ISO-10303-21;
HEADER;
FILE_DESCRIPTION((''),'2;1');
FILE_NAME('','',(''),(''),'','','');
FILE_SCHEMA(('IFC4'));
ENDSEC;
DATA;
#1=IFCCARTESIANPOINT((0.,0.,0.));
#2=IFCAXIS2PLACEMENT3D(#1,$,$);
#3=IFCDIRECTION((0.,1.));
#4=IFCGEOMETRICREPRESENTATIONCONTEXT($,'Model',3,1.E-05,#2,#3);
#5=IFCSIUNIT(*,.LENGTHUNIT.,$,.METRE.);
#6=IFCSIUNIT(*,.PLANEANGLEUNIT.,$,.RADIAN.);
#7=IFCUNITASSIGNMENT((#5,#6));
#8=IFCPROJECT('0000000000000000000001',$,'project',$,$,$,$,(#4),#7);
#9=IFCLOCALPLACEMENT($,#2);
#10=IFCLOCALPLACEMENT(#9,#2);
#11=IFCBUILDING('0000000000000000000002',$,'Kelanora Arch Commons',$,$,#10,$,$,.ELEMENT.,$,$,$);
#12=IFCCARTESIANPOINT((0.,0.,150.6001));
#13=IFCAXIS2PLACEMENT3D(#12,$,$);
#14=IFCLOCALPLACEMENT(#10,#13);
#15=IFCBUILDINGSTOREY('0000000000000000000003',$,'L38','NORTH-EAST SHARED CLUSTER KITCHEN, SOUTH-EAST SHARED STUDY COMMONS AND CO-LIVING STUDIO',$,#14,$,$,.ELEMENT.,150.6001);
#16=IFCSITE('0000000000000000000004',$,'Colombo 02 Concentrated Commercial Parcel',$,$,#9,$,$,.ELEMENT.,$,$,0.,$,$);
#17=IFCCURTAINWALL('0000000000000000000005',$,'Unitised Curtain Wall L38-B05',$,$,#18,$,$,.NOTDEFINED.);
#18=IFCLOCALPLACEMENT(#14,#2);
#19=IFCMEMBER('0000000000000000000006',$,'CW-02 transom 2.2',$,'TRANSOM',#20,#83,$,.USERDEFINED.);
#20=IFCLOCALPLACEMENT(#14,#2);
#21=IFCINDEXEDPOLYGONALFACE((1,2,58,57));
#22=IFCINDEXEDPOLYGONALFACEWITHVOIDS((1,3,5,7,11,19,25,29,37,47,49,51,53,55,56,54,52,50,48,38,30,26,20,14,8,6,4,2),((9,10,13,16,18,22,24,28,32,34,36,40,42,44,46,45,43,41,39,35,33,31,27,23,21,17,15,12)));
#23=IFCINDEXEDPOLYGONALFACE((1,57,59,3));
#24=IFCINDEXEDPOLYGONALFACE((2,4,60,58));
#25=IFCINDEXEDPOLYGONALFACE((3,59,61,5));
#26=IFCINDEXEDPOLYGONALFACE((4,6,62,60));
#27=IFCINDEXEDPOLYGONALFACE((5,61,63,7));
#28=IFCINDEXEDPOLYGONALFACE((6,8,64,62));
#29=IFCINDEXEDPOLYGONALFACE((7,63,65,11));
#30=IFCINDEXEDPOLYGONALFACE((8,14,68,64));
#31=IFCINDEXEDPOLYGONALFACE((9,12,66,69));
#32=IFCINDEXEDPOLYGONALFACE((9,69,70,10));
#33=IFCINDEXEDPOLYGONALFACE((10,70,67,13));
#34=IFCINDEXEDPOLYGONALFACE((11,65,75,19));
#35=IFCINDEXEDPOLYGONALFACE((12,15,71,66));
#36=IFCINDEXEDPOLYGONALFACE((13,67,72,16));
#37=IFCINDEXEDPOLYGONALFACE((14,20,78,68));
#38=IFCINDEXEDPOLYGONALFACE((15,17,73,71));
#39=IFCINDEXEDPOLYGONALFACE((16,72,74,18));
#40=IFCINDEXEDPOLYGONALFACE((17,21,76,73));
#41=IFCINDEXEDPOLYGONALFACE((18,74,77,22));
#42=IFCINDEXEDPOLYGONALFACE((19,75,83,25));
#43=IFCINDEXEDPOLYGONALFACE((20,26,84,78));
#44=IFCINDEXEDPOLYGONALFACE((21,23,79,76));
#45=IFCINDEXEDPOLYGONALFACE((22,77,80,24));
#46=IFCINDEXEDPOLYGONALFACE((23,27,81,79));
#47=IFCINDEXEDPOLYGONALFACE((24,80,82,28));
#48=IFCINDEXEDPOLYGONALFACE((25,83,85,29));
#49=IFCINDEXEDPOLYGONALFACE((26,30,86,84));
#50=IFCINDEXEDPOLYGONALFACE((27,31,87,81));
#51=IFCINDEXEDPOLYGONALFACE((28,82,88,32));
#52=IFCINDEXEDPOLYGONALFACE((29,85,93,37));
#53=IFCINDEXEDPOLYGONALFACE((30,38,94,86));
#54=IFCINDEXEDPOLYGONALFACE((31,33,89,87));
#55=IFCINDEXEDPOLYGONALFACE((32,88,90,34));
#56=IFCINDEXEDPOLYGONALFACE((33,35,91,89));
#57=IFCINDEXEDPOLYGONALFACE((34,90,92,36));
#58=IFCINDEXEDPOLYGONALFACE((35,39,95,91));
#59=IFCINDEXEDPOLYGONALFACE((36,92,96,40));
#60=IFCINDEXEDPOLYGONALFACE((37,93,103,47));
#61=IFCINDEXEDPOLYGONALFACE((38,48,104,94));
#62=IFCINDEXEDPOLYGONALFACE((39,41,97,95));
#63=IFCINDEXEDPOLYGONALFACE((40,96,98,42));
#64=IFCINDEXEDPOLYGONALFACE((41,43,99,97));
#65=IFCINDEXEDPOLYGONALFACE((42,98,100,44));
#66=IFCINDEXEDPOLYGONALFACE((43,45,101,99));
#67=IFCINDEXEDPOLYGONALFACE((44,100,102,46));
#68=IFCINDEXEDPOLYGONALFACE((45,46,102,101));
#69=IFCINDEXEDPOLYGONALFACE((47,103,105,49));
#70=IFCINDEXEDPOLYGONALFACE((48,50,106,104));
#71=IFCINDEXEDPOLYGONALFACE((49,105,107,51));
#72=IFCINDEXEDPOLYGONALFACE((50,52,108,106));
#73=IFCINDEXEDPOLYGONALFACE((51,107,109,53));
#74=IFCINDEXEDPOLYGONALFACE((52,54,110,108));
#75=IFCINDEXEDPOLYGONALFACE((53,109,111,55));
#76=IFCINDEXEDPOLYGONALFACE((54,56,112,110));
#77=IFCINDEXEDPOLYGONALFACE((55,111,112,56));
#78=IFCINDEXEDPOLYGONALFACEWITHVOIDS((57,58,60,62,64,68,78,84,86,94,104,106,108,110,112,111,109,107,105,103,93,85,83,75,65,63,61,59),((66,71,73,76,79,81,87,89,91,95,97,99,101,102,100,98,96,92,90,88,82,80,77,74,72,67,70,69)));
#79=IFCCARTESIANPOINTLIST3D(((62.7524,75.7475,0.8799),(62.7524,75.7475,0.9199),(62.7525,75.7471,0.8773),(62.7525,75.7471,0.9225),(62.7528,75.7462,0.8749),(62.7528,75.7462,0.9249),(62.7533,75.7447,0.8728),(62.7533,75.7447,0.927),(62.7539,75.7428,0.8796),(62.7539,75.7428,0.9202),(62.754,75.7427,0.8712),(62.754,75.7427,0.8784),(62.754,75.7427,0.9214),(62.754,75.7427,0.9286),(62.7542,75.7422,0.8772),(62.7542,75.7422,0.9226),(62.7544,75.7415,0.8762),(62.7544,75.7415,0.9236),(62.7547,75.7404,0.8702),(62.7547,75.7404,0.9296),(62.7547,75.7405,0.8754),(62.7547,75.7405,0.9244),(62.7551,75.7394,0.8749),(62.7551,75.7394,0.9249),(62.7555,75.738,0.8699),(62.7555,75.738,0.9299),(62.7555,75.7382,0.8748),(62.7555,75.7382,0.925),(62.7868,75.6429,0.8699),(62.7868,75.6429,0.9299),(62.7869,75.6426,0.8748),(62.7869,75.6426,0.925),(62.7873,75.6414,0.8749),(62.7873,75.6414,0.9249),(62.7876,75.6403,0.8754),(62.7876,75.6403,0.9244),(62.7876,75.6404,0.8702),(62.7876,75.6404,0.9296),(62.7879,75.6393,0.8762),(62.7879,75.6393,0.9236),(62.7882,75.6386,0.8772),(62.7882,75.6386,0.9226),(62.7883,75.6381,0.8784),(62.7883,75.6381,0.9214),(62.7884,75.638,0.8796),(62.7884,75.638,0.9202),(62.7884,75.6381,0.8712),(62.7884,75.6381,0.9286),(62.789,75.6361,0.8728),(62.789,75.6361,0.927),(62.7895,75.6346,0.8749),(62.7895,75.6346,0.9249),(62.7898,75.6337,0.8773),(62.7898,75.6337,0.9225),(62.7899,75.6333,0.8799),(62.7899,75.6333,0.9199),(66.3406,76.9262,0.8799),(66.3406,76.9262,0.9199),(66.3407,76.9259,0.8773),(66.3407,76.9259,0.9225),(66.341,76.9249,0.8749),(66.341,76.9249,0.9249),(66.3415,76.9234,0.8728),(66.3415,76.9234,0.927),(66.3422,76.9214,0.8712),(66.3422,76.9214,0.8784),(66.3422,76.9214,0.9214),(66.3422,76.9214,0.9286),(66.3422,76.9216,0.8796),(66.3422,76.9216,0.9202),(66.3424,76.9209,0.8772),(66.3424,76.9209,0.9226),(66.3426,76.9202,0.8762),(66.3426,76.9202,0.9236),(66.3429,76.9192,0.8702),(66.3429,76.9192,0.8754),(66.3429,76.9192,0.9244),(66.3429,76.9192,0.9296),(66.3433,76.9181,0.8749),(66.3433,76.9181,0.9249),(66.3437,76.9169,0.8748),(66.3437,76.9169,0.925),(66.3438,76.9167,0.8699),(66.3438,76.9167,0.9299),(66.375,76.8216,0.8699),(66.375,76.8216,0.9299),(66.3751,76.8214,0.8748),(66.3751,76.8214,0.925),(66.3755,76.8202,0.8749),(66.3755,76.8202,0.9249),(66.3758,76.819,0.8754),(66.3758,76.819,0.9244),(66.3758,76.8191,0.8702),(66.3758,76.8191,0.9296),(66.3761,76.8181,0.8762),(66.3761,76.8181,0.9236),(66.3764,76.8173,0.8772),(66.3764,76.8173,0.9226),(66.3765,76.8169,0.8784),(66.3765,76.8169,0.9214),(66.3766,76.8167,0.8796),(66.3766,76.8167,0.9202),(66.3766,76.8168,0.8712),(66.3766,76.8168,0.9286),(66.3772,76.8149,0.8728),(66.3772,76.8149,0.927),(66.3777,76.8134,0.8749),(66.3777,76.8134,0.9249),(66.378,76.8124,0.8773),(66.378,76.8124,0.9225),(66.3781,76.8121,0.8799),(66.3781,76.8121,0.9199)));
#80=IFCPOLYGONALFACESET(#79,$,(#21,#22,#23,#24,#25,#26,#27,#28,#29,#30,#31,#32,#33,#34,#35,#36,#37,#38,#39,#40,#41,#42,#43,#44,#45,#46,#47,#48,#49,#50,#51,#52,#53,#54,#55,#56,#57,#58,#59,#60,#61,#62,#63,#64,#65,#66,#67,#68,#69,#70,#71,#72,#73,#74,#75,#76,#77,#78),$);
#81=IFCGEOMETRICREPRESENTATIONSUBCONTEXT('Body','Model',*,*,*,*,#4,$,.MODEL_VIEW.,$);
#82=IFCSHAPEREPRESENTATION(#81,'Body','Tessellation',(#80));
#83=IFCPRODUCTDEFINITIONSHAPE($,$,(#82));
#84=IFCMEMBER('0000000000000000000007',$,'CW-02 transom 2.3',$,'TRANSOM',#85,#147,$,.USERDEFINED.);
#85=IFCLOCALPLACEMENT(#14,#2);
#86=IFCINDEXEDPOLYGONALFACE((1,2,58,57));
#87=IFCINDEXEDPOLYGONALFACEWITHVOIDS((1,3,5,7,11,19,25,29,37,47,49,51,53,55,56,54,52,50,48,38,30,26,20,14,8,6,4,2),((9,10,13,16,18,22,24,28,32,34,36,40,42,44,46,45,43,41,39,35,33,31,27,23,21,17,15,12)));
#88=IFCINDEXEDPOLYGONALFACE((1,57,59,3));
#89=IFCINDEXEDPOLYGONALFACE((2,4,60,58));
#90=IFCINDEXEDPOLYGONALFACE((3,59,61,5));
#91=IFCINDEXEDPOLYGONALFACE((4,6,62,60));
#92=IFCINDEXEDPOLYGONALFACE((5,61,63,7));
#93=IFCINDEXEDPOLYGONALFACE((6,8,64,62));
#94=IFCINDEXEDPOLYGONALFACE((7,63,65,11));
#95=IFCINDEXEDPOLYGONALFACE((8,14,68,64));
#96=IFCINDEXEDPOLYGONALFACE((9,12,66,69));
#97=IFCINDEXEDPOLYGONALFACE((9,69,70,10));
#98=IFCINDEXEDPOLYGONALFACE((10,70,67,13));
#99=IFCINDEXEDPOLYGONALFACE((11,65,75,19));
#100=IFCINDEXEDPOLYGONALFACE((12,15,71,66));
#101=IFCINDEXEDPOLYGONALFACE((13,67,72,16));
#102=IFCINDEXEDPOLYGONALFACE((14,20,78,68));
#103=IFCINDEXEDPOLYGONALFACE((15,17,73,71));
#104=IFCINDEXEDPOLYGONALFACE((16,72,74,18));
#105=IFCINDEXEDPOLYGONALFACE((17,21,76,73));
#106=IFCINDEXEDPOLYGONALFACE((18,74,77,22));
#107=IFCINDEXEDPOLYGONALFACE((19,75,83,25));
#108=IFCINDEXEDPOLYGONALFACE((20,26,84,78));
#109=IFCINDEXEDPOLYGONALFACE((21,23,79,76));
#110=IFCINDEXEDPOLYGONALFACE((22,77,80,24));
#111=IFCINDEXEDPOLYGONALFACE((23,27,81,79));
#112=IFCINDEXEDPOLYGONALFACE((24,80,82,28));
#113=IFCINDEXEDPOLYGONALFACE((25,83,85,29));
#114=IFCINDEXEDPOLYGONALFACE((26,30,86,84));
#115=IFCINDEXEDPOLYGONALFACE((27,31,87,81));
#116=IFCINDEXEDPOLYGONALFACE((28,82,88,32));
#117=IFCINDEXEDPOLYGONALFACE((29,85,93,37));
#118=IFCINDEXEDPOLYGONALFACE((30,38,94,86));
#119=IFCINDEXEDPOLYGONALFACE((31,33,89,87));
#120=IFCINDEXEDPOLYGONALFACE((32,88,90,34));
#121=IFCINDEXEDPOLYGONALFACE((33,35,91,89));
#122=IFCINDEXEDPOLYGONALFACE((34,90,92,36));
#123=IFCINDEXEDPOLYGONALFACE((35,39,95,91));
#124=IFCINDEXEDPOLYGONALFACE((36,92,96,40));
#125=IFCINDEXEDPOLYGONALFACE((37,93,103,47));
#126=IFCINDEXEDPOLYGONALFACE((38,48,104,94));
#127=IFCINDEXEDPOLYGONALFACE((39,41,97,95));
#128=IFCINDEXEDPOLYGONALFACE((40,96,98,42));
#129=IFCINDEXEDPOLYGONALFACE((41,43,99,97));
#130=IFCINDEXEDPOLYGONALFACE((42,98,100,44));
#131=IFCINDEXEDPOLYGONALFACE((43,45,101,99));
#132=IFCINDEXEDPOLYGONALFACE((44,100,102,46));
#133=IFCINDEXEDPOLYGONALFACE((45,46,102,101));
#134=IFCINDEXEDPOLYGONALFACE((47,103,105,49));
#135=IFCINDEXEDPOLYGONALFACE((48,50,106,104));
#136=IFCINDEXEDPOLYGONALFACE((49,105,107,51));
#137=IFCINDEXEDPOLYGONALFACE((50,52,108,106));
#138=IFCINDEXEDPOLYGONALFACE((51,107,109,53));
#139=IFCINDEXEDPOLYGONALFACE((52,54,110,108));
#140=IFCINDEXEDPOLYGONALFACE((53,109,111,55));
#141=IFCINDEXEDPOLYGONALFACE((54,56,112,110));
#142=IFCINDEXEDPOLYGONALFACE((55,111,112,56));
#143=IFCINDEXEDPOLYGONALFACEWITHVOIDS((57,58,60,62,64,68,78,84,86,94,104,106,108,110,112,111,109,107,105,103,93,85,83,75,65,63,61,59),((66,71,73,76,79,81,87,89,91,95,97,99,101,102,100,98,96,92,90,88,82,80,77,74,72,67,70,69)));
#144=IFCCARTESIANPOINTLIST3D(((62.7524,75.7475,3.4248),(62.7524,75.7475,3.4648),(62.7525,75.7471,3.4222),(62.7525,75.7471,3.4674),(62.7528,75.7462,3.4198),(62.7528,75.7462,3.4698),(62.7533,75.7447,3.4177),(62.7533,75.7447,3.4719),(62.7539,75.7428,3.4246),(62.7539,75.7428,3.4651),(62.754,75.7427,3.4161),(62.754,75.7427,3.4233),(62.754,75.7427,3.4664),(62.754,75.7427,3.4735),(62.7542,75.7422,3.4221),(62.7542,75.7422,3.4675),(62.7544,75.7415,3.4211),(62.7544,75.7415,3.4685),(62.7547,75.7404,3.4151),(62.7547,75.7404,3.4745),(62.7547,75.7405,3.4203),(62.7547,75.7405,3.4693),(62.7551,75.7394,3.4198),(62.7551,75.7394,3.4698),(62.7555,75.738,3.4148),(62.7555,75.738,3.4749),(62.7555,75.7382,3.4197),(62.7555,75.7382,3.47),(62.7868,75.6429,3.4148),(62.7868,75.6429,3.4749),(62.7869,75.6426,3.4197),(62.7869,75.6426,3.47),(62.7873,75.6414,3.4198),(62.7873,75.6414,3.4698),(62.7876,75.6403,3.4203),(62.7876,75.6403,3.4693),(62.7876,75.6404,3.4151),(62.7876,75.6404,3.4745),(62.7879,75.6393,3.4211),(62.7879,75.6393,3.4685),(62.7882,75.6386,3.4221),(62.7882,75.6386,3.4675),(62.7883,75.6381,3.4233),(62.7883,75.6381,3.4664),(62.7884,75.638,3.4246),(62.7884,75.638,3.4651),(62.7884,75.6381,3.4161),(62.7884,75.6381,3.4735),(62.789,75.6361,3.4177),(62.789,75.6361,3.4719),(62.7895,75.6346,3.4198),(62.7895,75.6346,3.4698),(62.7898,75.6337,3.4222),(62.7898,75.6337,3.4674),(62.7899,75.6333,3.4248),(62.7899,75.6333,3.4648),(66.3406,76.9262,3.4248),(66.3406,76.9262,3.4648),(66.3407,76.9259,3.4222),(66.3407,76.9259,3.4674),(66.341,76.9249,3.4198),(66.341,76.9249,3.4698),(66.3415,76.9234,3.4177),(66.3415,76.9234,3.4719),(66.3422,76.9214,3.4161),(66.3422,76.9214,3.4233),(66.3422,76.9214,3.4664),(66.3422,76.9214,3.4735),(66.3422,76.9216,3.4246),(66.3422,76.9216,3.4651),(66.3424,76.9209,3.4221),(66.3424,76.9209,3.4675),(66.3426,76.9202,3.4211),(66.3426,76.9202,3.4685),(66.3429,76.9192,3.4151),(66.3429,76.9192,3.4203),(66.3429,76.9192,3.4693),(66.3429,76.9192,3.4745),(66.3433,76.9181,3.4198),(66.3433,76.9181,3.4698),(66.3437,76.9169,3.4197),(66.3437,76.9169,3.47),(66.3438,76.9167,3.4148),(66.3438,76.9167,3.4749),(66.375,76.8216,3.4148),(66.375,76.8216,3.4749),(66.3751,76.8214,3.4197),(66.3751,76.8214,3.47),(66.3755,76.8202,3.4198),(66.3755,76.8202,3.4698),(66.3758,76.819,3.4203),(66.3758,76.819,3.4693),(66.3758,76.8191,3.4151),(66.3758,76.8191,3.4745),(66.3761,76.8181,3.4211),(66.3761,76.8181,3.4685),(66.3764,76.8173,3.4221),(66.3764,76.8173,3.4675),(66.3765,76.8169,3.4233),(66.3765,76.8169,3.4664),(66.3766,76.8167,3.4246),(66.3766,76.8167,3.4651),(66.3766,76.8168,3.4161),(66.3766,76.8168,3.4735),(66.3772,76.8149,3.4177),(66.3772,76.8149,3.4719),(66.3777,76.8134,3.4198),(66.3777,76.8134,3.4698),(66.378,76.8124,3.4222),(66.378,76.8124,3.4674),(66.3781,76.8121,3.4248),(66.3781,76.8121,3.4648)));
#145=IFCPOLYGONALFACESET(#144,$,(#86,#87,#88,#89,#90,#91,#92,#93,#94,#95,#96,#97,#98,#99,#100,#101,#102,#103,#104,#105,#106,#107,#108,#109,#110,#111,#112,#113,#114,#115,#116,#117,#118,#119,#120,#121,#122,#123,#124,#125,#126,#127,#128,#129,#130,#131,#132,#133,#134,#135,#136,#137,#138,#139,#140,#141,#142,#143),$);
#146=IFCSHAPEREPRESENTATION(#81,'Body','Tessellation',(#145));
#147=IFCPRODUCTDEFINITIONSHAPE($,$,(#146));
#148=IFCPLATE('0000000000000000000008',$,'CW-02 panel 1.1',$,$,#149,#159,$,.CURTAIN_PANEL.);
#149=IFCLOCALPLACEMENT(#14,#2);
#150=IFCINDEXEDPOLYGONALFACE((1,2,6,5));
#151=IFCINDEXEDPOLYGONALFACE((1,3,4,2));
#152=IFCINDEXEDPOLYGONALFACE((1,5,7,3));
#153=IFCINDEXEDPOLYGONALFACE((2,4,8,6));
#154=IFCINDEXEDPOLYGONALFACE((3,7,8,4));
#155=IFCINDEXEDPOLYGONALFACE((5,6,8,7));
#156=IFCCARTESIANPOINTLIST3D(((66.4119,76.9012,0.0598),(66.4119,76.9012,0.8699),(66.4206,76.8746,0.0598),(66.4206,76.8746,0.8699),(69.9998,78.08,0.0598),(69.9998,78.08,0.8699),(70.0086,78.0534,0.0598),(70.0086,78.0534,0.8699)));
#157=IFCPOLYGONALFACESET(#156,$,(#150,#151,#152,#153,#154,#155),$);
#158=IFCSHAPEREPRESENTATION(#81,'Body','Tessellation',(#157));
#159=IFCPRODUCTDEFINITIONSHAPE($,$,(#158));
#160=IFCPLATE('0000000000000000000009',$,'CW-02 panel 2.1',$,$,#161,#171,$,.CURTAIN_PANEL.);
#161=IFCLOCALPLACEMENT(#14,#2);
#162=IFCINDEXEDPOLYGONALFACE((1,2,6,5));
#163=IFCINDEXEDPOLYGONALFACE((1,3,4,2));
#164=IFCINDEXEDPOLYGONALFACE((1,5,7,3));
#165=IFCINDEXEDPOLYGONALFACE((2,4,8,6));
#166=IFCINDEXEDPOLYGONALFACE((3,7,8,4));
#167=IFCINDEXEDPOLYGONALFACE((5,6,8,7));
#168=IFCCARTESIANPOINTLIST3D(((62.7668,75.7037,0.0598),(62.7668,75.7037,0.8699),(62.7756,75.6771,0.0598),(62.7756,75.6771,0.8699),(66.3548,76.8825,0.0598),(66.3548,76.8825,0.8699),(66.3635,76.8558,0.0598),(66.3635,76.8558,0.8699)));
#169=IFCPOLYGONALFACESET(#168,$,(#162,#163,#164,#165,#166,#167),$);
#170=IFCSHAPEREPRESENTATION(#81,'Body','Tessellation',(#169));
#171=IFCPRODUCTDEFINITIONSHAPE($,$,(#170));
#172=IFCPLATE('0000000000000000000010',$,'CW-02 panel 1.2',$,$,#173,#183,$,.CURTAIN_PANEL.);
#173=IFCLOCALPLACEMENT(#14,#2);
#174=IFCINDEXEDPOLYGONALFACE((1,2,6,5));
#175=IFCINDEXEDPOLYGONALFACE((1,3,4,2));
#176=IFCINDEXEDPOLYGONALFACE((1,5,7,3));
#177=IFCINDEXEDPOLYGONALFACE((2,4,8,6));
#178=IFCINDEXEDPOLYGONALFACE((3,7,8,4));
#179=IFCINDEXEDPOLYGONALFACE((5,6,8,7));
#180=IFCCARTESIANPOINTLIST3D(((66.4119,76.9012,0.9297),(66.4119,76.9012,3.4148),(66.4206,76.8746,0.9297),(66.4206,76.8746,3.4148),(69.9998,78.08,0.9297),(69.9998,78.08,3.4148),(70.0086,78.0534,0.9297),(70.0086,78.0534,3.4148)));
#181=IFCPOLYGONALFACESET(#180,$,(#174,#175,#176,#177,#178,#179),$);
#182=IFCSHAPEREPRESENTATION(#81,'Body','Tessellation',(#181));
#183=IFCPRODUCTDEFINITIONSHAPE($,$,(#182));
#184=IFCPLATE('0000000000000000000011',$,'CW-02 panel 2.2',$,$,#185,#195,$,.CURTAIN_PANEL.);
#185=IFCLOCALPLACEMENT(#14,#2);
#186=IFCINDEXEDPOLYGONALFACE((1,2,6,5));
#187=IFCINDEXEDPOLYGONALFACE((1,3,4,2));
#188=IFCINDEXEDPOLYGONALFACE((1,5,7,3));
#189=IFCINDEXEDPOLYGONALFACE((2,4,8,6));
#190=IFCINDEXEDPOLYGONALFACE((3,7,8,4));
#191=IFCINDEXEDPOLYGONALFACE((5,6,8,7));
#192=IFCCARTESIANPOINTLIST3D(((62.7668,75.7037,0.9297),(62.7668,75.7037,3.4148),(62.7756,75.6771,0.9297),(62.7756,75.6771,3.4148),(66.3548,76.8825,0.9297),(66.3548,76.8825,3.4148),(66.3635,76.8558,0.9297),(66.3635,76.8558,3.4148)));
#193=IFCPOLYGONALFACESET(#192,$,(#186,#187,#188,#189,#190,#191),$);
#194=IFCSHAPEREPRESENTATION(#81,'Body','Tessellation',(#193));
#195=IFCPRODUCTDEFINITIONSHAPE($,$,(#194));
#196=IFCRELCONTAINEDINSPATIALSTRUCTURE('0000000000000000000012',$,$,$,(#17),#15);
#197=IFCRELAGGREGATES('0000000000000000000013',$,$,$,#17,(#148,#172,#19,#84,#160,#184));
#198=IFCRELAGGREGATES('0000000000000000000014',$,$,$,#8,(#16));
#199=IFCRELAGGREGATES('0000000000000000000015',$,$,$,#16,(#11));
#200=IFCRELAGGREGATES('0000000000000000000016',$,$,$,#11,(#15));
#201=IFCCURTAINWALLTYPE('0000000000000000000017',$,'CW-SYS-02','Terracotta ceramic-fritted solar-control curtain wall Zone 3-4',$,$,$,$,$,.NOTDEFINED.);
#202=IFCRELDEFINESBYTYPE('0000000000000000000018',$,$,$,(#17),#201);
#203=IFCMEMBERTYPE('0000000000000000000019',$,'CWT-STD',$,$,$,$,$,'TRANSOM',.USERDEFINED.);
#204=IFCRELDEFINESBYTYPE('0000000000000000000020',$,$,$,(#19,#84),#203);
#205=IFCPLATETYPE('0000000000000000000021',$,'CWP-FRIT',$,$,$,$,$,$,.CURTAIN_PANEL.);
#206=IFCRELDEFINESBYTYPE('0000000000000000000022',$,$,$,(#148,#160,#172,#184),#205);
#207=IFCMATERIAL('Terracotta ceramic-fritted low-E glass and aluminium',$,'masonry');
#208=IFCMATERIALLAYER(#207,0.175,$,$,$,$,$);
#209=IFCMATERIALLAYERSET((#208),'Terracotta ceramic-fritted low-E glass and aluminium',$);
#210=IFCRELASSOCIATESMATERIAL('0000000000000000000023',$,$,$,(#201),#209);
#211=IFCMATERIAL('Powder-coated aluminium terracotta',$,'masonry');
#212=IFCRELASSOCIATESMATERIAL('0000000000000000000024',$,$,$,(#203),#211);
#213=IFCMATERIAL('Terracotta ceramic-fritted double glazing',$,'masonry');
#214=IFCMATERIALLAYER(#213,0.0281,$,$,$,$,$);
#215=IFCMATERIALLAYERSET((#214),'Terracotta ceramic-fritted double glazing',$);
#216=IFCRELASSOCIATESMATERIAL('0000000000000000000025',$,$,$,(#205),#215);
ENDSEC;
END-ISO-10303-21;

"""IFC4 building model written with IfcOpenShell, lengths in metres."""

from ifc_helpers import new_model, si_unit, direction, frame, origin, origin_2d, place, context, subcontext, project, spatial, rectangle, hollow_rectangle, extrude, source, transform, mapped, material, layer, layer_set, material_profile, profile_set, type_object, element, aggregate, save


model = new_model("IFC4")

# Units and contexts
model_context = context("Model", 3, precision=1e-05, world=origin(), true_north=direction((0.0, 1.0)))
body_context = subcontext(model_context, "Body", "Model", "MODEL_VIEW")
ifc_project = project(units=[si_unit("LENGTHUNIT", "METRE"), si_unit("PLANEANGLEUNIT", "RADIAN")], contexts=[model_context])

# Site, building, storey
site_placement = place(None, origin())
site = spatial("IfcSite", under=ifc_project, at=site_placement, Name="Colombo 02 Concentrated Commercial Parcel", CompositionType="ELEMENT", RefElevation=0.0)
building_placement = place(site_placement, origin())
building = spatial("IfcBuilding", under=site, at=building_placement, Name="Kelanora Arch Commons", CompositionType="ELEMENT")
storey_placement = place(building_placement, frame((0.0, 0.0, 150.6001)))
storey = spatial("IfcBuildingStorey", under=building, at=storey_placement, Name="L38", Description="NORTH-EAST SHARED CLUSTER KITCHEN, SOUTH-EAST SHARED STUDY COMMONS AND CO-LIVING STUDIO", CompositionType="ELEMENT", Elevation=150.6001)

# Curtain wall, members, plates
ifc_material_1 = material(Name="Terracotta ceramic-fritted low-E glass and aluminium", Category="masonry")
ifc_layer_1 = layer(ifc_material_1, 0.175)
ifc_layer_set_1 = layer_set([ifc_layer_1], Name="Terracotta ceramic-fritted low-E glass and aluminium")
curtain_wall_type = type_object("IfcCurtainWallType", Name="CW-SYS-02", Description="Terracotta ceramic-fritted solar-control curtain wall Zone 3-4", PredefinedType="NOTDEFINED", material=ifc_layer_set_1)
curtain_wall_placement = place(storey_placement, origin())
curtain_wall = element("IfcCurtainWall", 1, at=curtain_wall_placement, inside=storey, type_object=curtain_wall_type, Name="Unitised Curtain Wall L38-B05", PredefinedType="NOTDEFINED")
ifc_material_2 = material(Name="Powder-coated aluminium terracotta", Category="masonry")
ifc_material_profile_1 = material_profile(ifc_material_2, hollow_rectangle(XDim=0.1201, YDim=0.0601, WallThickness=0.0049, InnerFilletRadius=0.0049, OuterFilletRadius=0.01, at=origin_2d()), Name="CWT120x60")
ifc_profile_set_1 = profile_set([ifc_material_profile_1], Name="Powder-coated aluminium terracotta")
member_type_1 = type_object("IfcMemberType", Name="CWT-STD", ElementType="TRANSOM", PredefinedType="USERDEFINED", material=ifc_profile_set_1)
member_1_placement = place(storey_placement, frame((66.3594, 76.8691, 0.8999), z_axis=(-0.950051, -0.312094, 0.0), x_axis=(0.312094, -0.950051, 0.0)))
member_1 = element("IfcMember", 2, at=member_1_placement, type_object=member_type_1, Name="CW-02 transom 2.2", ObjectType="TRANSOM", PredefinedType="USERDEFINED", context=body_context, shape_type="SweptSolid", body=[
    extrude(hollow_rectangle(XDim=0.1201, YDim=0.0601, WallThickness=0.0049, InnerFilletRadius=0.0049, OuterFilletRadius=0.01, at=origin_2d()), origin(), (0.0, 0.0, 1.0), 3.7769),
])
member_2_placement = place(storey_placement, frame((66.3594, 76.8691, 3.4448), z_axis=(-0.950051, -0.312094, 0.0), x_axis=(0.312094, -0.950051, 0.0)))
member_2 = element("IfcMember", 3, at=member_2_placement, type_object=member_type_1, Name="CW-02 transom 2.3", ObjectType="TRANSOM", PredefinedType="USERDEFINED", context=body_context, shape_type="SweptSolid", body=[
    extrude(hollow_rectangle(XDim=0.1201, YDim=0.0601, WallThickness=0.0049, InnerFilletRadius=0.0049, OuterFilletRadius=0.01, at=origin_2d()), origin(), (0.0, 0.0, 1.0), 3.7769),
])
ifc_material_3 = material(Name="Terracotta ceramic-fritted double glazing", Category="masonry")
ifc_layer_2 = layer(ifc_material_3, 0.0281)
ifc_layer_set_2 = layer_set([ifc_layer_2], Name="Terracotta ceramic-fritted double glazing")
plate_type = type_object("IfcPlateType", Name="CWP-FRIT", PredefinedType="CURTAIN_PANEL", material=ifc_layer_set_2)
shared_shape_1 = source(origin(), body_context, "Body", "SweptSolid", [
    extrude(rectangle(XDim=3.7766, YDim=0.0281, at=origin_2d()), origin(), (0.0, 0.0, 1.0), 0.8101),
])
plate_1_placement = place(storey_placement, frame((68.2102, 77.4773, 0.0598), z_axis=(0.0, 0.0, 1.0), x_axis=(-0.95004, -0.312128, 0.0)))
plate_1 = element("IfcPlate", 4, at=plate_1_placement, type_object=plate_type, Name="CW-02 panel 1.1", PredefinedType="CURTAIN_PANEL", context=body_context, shape_type="MappedRepresentation", body=[
    mapped(shared_shape_1, transform((0.0, 0.0, 0.0), scale=1.0)),
])
plate_2_placement = place(storey_placement, frame((64.5652, 76.2798, 0.0598), z_axis=(0.0, 0.0, 1.0), x_axis=(-0.95004, -0.312128, 0.0)))
plate_2 = element("IfcPlate", 5, at=plate_2_placement, type_object=plate_type, Name="CW-02 panel 2.1", PredefinedType="CURTAIN_PANEL", context=body_context, shape_type="MappedRepresentation", body=[
    mapped(shared_shape_1, transform((0.0, 0.0, 0.0), scale=1.0)),
])
shared_shape_2 = source(origin(), body_context, "Body", "SweptSolid", [
    extrude(rectangle(XDim=3.7766, YDim=0.0281, at=origin_2d()), origin(), (0.0, 0.0, 1.0), 2.4851),
])
plate_3_placement = place(storey_placement, frame((68.2102, 77.4773, 0.9297), z_axis=(0.0, 0.0, 1.0), x_axis=(-0.95004, -0.312128, 0.0)))
plate_3 = element("IfcPlate", 6, at=plate_3_placement, type_object=plate_type, Name="CW-02 panel 1.2", PredefinedType="CURTAIN_PANEL", context=body_context, shape_type="MappedRepresentation", body=[
    mapped(shared_shape_2, transform((0.0, 0.0, 0.0), scale=1.0)),
])
plate_4_placement = place(storey_placement, frame((64.5652, 76.2798, 0.9297), z_axis=(0.0, 0.0, 1.0), x_axis=(-0.95004, -0.312128, 0.0)))
plate_4 = element("IfcPlate", 7, at=plate_4_placement, type_object=plate_type, Name="CW-02 panel 2.2", PredefinedType="CURTAIN_PANEL", context=body_context, shape_type="MappedRepresentation", body=[
    mapped(shared_shape_2, transform((0.0, 0.0, 0.0), scale=1.0)),
])
aggregate(curtain_wall, [plate_1, plate_3, member_1, member_2, plate_2, plate_4])

save(model, "model.ifc")
